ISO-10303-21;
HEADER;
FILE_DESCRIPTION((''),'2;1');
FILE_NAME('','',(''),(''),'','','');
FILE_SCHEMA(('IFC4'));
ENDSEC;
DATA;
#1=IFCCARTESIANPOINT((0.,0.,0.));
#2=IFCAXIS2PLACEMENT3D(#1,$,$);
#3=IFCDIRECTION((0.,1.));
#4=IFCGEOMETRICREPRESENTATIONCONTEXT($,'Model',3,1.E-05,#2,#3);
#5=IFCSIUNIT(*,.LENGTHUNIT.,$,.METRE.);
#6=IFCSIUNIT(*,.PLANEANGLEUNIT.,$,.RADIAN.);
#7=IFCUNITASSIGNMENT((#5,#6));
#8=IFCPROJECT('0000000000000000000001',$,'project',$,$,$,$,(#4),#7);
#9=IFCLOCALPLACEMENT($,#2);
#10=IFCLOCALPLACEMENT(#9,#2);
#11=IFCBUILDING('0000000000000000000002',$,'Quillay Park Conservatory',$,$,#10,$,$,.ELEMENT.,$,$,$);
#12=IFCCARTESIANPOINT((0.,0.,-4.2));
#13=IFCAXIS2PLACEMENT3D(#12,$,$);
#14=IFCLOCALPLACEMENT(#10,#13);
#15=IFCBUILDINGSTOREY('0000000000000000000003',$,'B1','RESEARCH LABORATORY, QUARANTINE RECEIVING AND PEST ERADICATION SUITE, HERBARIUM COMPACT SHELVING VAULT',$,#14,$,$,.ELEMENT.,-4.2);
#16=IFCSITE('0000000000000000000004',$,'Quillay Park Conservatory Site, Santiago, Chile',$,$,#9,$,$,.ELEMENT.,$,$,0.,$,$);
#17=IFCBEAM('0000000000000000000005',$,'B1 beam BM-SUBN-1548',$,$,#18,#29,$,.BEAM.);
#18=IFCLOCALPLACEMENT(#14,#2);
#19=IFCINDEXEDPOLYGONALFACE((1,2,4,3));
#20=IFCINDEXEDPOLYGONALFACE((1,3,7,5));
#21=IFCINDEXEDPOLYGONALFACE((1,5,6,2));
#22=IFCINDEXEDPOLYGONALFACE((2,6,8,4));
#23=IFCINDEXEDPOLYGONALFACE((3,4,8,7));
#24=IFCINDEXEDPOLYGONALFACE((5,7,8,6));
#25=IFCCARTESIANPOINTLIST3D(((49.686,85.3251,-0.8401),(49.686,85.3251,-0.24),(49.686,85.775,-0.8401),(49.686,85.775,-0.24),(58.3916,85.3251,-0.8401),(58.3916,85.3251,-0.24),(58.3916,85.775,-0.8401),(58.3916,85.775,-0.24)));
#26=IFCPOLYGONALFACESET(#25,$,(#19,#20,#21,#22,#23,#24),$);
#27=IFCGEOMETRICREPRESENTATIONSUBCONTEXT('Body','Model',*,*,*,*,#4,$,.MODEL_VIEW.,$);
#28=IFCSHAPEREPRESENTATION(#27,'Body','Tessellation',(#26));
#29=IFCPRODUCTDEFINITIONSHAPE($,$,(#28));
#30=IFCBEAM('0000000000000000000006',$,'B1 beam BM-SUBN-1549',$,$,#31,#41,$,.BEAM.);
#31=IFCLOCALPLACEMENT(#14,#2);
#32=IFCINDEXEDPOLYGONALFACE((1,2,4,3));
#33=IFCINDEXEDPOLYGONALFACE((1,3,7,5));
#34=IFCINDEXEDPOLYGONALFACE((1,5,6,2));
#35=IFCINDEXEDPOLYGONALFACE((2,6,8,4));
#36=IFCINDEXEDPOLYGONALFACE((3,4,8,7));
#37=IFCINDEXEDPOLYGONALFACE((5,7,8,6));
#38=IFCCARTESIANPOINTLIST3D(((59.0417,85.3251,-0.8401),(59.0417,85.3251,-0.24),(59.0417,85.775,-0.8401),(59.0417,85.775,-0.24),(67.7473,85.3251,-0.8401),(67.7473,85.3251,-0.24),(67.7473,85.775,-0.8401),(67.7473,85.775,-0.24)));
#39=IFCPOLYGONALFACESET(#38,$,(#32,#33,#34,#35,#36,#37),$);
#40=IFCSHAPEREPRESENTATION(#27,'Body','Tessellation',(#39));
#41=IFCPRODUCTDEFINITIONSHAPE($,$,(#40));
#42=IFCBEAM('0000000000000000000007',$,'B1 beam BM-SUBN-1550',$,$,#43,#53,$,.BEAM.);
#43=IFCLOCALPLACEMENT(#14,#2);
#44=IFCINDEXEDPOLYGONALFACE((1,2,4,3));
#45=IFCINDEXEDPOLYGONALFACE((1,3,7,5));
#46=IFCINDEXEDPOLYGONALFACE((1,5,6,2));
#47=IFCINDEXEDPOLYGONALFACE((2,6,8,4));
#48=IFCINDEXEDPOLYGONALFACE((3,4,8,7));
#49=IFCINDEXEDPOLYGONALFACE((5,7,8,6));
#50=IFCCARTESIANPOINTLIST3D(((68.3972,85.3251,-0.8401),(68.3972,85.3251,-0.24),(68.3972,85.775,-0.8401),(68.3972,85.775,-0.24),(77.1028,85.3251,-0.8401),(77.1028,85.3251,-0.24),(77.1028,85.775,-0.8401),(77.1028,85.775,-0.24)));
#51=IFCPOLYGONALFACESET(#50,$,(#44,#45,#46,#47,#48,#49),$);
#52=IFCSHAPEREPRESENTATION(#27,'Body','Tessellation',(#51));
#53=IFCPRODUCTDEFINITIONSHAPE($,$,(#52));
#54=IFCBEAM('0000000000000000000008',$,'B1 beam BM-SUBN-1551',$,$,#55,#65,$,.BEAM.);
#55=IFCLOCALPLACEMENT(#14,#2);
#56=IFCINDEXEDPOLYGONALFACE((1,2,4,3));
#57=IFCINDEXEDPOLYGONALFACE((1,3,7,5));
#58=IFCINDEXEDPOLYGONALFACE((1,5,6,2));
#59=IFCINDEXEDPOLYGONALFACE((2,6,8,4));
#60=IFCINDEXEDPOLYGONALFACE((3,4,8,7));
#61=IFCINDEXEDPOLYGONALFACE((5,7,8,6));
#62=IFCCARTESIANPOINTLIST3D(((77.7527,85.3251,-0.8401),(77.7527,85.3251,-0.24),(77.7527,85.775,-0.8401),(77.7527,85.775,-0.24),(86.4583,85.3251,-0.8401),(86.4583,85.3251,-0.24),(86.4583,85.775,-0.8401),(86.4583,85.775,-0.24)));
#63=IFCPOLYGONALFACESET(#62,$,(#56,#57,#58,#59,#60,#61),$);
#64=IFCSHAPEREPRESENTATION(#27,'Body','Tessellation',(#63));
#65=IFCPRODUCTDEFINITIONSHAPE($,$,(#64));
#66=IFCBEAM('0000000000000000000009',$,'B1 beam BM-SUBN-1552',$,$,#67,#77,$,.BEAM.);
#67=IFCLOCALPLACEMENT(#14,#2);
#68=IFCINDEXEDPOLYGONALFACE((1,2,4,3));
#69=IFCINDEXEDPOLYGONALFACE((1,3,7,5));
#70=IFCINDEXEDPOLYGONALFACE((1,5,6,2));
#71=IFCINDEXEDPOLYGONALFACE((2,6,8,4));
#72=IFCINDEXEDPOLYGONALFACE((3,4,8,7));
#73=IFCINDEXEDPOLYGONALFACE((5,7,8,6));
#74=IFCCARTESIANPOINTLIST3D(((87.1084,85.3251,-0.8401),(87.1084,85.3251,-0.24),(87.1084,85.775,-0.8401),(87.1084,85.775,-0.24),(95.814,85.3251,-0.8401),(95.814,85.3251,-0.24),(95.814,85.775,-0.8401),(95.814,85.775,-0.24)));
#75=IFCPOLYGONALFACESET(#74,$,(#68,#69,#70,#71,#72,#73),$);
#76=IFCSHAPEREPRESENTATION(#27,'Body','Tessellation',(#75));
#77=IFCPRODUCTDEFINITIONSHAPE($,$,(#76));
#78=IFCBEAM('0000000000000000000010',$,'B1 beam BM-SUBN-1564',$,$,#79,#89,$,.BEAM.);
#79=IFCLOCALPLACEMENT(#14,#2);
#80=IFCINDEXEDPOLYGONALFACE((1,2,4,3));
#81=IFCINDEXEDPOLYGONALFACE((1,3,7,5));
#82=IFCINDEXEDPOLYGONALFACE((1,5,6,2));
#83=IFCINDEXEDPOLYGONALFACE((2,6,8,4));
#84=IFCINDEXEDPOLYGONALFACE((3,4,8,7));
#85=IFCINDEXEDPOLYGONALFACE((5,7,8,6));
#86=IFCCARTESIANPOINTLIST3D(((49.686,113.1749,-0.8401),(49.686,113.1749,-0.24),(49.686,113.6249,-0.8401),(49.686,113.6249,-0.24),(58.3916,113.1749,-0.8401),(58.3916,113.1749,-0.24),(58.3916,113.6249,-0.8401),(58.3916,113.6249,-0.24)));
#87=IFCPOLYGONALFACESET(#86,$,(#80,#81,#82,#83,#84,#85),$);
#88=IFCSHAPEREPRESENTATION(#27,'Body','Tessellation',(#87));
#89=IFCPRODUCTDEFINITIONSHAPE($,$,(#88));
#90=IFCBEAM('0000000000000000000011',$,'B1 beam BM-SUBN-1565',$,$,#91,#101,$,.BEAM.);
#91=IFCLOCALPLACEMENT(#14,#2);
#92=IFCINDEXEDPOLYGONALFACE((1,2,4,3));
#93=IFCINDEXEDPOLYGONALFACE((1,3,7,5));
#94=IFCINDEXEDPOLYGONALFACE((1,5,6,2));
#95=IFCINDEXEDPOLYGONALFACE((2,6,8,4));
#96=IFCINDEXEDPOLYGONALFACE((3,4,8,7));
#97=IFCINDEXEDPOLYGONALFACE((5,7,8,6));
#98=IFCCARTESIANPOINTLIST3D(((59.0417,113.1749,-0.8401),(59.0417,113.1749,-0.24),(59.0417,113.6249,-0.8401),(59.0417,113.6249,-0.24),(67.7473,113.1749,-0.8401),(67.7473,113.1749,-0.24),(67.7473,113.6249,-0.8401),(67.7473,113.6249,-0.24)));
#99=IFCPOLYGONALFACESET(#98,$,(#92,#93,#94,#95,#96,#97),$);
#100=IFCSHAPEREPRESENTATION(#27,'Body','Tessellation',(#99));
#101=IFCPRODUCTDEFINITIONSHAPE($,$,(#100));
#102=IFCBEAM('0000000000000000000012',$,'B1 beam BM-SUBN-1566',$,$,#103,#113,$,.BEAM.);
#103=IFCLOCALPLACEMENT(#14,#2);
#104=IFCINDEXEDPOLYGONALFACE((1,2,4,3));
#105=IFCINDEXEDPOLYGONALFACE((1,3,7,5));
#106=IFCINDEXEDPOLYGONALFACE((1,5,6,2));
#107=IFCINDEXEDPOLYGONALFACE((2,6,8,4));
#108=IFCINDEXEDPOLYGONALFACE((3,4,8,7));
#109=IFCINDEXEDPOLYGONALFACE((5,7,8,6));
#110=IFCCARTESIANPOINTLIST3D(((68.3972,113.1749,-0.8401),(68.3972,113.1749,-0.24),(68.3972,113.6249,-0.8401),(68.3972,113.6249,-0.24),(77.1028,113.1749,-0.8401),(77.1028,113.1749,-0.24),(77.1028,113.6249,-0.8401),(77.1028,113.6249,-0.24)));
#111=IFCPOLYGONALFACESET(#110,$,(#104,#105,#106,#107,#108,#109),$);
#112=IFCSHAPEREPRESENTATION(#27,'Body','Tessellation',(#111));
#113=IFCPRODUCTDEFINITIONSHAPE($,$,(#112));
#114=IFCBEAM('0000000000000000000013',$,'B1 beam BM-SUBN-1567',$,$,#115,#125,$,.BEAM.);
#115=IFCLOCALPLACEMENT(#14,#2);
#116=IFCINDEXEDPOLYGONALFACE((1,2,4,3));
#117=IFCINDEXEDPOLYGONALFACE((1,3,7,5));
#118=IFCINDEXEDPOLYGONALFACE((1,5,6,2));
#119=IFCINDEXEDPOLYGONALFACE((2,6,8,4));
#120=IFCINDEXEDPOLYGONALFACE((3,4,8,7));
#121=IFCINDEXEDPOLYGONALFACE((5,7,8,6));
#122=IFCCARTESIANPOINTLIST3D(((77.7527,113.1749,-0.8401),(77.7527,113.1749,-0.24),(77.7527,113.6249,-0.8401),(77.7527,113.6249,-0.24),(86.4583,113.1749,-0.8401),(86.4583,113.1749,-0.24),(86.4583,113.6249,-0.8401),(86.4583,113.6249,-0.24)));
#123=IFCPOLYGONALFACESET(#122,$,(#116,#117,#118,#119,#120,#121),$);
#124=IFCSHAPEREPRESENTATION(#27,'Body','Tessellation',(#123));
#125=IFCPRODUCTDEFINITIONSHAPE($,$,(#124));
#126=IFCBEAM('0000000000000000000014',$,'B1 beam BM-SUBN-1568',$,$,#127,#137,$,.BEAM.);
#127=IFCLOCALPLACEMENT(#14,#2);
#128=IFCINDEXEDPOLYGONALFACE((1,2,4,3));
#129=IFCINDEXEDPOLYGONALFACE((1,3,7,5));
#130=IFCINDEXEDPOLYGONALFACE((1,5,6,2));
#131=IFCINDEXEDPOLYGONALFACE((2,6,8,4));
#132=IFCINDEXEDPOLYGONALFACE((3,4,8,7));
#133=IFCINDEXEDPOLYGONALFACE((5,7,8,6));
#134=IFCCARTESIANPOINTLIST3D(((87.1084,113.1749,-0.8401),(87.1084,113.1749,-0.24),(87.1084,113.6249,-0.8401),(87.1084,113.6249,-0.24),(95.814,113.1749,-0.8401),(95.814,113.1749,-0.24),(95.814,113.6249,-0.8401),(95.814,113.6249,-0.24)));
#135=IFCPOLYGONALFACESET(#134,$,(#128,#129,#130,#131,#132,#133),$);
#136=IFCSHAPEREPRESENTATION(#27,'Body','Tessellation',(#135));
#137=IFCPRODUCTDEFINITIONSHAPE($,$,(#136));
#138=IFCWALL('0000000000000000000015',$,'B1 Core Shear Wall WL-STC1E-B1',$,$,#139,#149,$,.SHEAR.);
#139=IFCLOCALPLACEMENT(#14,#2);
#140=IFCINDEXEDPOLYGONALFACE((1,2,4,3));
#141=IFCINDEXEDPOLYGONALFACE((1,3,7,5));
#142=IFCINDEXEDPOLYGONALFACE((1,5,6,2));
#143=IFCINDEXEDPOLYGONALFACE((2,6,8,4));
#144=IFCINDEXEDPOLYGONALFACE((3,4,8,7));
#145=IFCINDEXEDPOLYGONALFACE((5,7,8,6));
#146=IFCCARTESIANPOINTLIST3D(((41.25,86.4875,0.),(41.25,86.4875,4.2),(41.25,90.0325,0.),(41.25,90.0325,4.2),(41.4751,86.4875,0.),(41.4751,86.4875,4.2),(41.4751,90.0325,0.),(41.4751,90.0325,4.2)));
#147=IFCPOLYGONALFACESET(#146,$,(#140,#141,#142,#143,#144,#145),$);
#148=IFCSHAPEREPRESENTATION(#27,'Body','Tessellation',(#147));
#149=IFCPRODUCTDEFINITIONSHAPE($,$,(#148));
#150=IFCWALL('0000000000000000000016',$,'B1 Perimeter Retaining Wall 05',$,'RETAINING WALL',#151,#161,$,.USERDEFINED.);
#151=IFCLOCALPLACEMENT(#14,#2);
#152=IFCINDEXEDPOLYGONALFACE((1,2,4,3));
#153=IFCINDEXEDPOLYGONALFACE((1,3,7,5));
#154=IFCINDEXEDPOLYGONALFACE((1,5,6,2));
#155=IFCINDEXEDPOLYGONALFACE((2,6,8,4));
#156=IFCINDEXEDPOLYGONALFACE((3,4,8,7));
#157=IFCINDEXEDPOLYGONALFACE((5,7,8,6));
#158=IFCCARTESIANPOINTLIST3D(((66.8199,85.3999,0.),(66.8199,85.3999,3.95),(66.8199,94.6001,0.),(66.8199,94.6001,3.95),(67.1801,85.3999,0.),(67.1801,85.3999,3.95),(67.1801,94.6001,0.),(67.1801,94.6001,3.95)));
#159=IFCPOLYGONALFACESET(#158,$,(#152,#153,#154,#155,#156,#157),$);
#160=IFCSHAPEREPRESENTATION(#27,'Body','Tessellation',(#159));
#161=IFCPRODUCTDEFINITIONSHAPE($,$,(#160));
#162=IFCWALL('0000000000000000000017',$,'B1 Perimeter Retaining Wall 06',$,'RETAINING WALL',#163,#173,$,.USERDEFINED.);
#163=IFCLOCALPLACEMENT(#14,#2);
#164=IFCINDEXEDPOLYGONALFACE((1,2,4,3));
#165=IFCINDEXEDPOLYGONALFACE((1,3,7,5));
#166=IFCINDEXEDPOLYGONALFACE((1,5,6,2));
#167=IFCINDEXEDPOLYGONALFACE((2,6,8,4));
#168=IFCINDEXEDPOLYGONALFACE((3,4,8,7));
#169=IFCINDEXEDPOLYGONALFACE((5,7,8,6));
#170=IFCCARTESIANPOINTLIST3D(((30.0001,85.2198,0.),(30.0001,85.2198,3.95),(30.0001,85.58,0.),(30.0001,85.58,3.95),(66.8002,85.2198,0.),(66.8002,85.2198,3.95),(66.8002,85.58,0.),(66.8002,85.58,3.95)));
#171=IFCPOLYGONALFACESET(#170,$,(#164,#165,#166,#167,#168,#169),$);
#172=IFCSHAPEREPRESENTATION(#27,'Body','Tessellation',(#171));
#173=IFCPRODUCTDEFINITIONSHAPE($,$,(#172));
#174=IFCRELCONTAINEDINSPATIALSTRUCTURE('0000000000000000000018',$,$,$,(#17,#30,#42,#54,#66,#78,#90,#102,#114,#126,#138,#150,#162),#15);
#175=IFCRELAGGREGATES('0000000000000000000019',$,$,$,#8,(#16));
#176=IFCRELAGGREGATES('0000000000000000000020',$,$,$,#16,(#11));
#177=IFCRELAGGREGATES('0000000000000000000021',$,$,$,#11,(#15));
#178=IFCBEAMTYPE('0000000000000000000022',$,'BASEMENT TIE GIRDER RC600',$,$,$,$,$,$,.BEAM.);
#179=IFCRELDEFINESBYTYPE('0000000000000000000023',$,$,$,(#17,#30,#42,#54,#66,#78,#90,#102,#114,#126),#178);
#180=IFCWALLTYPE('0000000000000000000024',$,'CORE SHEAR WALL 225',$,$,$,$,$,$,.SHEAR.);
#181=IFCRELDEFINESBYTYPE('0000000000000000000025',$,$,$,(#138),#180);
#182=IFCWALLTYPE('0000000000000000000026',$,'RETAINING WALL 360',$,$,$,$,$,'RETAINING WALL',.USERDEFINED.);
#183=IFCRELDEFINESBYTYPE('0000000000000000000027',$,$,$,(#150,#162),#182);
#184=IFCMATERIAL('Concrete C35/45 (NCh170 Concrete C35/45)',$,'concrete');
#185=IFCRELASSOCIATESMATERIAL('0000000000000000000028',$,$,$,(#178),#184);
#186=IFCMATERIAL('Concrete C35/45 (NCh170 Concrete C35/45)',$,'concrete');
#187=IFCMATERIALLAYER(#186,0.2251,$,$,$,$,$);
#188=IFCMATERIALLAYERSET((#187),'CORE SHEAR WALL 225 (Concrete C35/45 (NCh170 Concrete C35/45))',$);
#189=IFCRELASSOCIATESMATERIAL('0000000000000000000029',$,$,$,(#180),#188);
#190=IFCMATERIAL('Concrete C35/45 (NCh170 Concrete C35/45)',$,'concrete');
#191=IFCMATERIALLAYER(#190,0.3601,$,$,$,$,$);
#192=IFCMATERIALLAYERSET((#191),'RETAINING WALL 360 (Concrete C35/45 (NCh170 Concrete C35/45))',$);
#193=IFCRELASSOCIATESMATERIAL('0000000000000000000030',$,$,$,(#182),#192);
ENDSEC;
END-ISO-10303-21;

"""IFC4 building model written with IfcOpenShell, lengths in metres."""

from ifc_helpers import new_model, si_unit, direction, frame, frame_2d, origin, origin_2d, place, context, subcontext, project, spatial, rectangle, extrude, material, layer, layer_set, material_profile, profile_set, type_object, element, save


model = new_model("IFC4")

# Units and contexts
model_context = context("Model", 3, precision=1e-05, world=origin(), true_north=direction((0.0, 1.0)))
body_context = subcontext(model_context, "Body", "Model", "MODEL_VIEW")
ifc_project = project(units=[si_unit("LENGTHUNIT", "METRE"), si_unit("PLANEANGLEUNIT", "RADIAN")], contexts=[model_context])

# Site, building, storey
site_placement = place(None, origin())
site = spatial("IfcSite", under=ifc_project, at=site_placement, Name="Quillay Park Conservatory Site, Santiago, Chile", CompositionType="ELEMENT", RefElevation=0.0)
building_placement = place(site_placement, origin())
building = spatial("IfcBuilding", under=site, at=building_placement, Name="Quillay Park Conservatory", CompositionType="ELEMENT")
storey_placement = place(building_placement, frame((0.0, 0.0, -4.2)))
storey = spatial("IfcBuildingStorey", under=building, at=storey_placement, Name="B1", Description="RESEARCH LABORATORY, QUARANTINE RECEIVING AND PEST ERADICATION SUITE, HERBARIUM COMPACT SHELVING VAULT", CompositionType="ELEMENT", Elevation=-4.2)

# Beams
ifc_material_1 = material(Name="Concrete C35/45 (NCh170 Concrete C35/45)", Category="concrete")
ifc_material_profile_1 = material_profile(ifc_material_1, rectangle(XDim=0.45, YDim=0.6001, at=origin_2d()), Name="RC600x450")
ifc_profile_set_1 = profile_set([ifc_material_profile_1], Name="Concrete C35/45 (NCh170 Concrete C35/45)")
beam_type = type_object("IfcBeamType", Name="BASEMENT TIE GIRDER RC600", PredefinedType="BEAM", material=ifc_profile_set_1)
for number, where, z_axis, x_axis, name in (
    (1, (49.686, 85.55, -0.54), (1.0, 0.0, 0.0), (0.0, 1.0, 0.0), "B1 beam BM-SUBN-1548"),
    (2, (59.0417, 85.55, -0.54), (1.0, 0.0, 0.0), (0.0, 1.0, 0.0), "B1 beam BM-SUBN-1549"),
    (3, (68.3972, 85.55, -0.54), (1.0, 0.0, 0.0), (0.0, 1.0, 0.0), "B1 beam BM-SUBN-1550"),
    (4, (77.7527, 85.55, -0.54), (1.0, 0.0, 0.0), (0.0, 1.0, 0.0), "B1 beam BM-SUBN-1551"),
    (5, (87.1084, 85.55, -0.54), (1.0, 0.0, 0.0), (0.0, 1.0, 0.0), "B1 beam BM-SUBN-1552"),
    (6, (49.686, 113.3999, -0.54), (1.0, 0.0, 0.0), (0.0, 1.0, 0.0), "B1 beam BM-SUBN-1564"),
    (7, (59.0417, 113.3999, -0.54), (1.0, 0.0, 0.0), (0.0, 1.0, 0.0), "B1 beam BM-SUBN-1565"),
    (8, (68.3972, 113.3999, -0.54), (1.0, 0.0, 0.0), (0.0, 1.0, 0.0), "B1 beam BM-SUBN-1566"),
    (9, (77.7527, 113.3999, -0.54), (1.0, 0.0, 0.0), (0.0, 1.0, 0.0), "B1 beam BM-SUBN-1567"),
    (10, (87.1084, 113.3999, -0.54), (1.0, 0.0, 0.0), (0.0, 1.0, 0.0), "B1 beam BM-SUBN-1568"),
):
    element("IfcBeam", number, at=place(storey_placement, frame(where, z_axis=z_axis, x_axis=x_axis)), inside=storey, type_object=beam_type, Name=name, PredefinedType="BEAM", context=body_context, shape_type="SweptSolid", body=[
        extrude(rectangle(XDim=0.45, YDim=0.6001, at=origin_2d()), origin(), (0.0, 0.0, 1.0), 8.7056),
    ])

# Walls
ifc_material_2 = material(Name="Concrete C35/45 (NCh170 Concrete C35/45)", Category="concrete")
ifc_layer_1 = layer(ifc_material_2, 0.2251)
ifc_layer_set_1 = layer_set([ifc_layer_1], Name="CORE SHEAR WALL 225 (Concrete C35/45 (NCh170 Concrete C35/45))")
wall_type_1 = type_object("IfcWallType", Name="CORE SHEAR WALL 225", PredefinedType="SHEAR", material=ifc_layer_set_1)
wall_1_placement = place(storey_placement, frame((41.3625, 86.4875, 0.0), z_axis=(0.0, 0.0, 1.0), x_axis=(0.0, 1.0, 0.0)))
element("IfcWall", 11, at=wall_1_placement, inside=storey, type_object=wall_type_1, Name="B1 Core Shear Wall WL-STC1E-B1", PredefinedType="SHEAR", context=body_context, shape_type="SweptSolid", body=[
    extrude(rectangle(XDim=3.5449, YDim=0.2251, at=frame_2d((1.7725, 0.0))), origin(), (0.0, 0.0, 1.0), 4.2),
])
ifc_material_3 = material(Name="Concrete C35/45 (NCh170 Concrete C35/45)", Category="concrete")
ifc_layer_2 = layer(ifc_material_3, 0.3601)
ifc_layer_set_2 = layer_set([ifc_layer_2], Name="RETAINING WALL 360 (Concrete C35/45 (NCh170 Concrete C35/45))")
wall_type_2 = type_object("IfcWallType", Name="RETAINING WALL 360", ElementType="RETAINING WALL", PredefinedType="USERDEFINED", material=ifc_layer_set_2)
wall_2_placement = place(storey_placement, frame((67.0, 94.6001, 0.0), z_axis=(0.0, 0.0, 1.0), x_axis=(0.0, -1.0, 0.0)))
element("IfcWall", 12, at=wall_2_placement, inside=storey, type_object=wall_type_2, Name="B1 Perimeter Retaining Wall 05", ObjectType="RETAINING WALL", PredefinedType="USERDEFINED", context=body_context, shape_type="SweptSolid", body=[
    extrude(rectangle(XDim=9.2002, YDim=0.3601, at=frame_2d((4.6001, 0.0))), origin(), (0.0, 0.0, 1.0), 3.95),
])
wall_3_placement = place(storey_placement, frame((66.8, 85.3999, 0.0), z_axis=(0.0, 0.0, 1.0), x_axis=(-1.0, 0.0, 0.0)))
element("IfcWall", 13, at=wall_3_placement, inside=storey, type_object=wall_type_2, Name="B1 Perimeter Retaining Wall 06", ObjectType="RETAINING WALL", PredefinedType="USERDEFINED", context=body_context, shape_type="SweptSolid", body=[
    extrude(rectangle(XDim=36.8, YDim=0.3601, at=frame_2d((18.3999, 0.0))), origin(), (0.0, 0.0, 1.0), 3.95),
])

save(model, "model.ifc")
